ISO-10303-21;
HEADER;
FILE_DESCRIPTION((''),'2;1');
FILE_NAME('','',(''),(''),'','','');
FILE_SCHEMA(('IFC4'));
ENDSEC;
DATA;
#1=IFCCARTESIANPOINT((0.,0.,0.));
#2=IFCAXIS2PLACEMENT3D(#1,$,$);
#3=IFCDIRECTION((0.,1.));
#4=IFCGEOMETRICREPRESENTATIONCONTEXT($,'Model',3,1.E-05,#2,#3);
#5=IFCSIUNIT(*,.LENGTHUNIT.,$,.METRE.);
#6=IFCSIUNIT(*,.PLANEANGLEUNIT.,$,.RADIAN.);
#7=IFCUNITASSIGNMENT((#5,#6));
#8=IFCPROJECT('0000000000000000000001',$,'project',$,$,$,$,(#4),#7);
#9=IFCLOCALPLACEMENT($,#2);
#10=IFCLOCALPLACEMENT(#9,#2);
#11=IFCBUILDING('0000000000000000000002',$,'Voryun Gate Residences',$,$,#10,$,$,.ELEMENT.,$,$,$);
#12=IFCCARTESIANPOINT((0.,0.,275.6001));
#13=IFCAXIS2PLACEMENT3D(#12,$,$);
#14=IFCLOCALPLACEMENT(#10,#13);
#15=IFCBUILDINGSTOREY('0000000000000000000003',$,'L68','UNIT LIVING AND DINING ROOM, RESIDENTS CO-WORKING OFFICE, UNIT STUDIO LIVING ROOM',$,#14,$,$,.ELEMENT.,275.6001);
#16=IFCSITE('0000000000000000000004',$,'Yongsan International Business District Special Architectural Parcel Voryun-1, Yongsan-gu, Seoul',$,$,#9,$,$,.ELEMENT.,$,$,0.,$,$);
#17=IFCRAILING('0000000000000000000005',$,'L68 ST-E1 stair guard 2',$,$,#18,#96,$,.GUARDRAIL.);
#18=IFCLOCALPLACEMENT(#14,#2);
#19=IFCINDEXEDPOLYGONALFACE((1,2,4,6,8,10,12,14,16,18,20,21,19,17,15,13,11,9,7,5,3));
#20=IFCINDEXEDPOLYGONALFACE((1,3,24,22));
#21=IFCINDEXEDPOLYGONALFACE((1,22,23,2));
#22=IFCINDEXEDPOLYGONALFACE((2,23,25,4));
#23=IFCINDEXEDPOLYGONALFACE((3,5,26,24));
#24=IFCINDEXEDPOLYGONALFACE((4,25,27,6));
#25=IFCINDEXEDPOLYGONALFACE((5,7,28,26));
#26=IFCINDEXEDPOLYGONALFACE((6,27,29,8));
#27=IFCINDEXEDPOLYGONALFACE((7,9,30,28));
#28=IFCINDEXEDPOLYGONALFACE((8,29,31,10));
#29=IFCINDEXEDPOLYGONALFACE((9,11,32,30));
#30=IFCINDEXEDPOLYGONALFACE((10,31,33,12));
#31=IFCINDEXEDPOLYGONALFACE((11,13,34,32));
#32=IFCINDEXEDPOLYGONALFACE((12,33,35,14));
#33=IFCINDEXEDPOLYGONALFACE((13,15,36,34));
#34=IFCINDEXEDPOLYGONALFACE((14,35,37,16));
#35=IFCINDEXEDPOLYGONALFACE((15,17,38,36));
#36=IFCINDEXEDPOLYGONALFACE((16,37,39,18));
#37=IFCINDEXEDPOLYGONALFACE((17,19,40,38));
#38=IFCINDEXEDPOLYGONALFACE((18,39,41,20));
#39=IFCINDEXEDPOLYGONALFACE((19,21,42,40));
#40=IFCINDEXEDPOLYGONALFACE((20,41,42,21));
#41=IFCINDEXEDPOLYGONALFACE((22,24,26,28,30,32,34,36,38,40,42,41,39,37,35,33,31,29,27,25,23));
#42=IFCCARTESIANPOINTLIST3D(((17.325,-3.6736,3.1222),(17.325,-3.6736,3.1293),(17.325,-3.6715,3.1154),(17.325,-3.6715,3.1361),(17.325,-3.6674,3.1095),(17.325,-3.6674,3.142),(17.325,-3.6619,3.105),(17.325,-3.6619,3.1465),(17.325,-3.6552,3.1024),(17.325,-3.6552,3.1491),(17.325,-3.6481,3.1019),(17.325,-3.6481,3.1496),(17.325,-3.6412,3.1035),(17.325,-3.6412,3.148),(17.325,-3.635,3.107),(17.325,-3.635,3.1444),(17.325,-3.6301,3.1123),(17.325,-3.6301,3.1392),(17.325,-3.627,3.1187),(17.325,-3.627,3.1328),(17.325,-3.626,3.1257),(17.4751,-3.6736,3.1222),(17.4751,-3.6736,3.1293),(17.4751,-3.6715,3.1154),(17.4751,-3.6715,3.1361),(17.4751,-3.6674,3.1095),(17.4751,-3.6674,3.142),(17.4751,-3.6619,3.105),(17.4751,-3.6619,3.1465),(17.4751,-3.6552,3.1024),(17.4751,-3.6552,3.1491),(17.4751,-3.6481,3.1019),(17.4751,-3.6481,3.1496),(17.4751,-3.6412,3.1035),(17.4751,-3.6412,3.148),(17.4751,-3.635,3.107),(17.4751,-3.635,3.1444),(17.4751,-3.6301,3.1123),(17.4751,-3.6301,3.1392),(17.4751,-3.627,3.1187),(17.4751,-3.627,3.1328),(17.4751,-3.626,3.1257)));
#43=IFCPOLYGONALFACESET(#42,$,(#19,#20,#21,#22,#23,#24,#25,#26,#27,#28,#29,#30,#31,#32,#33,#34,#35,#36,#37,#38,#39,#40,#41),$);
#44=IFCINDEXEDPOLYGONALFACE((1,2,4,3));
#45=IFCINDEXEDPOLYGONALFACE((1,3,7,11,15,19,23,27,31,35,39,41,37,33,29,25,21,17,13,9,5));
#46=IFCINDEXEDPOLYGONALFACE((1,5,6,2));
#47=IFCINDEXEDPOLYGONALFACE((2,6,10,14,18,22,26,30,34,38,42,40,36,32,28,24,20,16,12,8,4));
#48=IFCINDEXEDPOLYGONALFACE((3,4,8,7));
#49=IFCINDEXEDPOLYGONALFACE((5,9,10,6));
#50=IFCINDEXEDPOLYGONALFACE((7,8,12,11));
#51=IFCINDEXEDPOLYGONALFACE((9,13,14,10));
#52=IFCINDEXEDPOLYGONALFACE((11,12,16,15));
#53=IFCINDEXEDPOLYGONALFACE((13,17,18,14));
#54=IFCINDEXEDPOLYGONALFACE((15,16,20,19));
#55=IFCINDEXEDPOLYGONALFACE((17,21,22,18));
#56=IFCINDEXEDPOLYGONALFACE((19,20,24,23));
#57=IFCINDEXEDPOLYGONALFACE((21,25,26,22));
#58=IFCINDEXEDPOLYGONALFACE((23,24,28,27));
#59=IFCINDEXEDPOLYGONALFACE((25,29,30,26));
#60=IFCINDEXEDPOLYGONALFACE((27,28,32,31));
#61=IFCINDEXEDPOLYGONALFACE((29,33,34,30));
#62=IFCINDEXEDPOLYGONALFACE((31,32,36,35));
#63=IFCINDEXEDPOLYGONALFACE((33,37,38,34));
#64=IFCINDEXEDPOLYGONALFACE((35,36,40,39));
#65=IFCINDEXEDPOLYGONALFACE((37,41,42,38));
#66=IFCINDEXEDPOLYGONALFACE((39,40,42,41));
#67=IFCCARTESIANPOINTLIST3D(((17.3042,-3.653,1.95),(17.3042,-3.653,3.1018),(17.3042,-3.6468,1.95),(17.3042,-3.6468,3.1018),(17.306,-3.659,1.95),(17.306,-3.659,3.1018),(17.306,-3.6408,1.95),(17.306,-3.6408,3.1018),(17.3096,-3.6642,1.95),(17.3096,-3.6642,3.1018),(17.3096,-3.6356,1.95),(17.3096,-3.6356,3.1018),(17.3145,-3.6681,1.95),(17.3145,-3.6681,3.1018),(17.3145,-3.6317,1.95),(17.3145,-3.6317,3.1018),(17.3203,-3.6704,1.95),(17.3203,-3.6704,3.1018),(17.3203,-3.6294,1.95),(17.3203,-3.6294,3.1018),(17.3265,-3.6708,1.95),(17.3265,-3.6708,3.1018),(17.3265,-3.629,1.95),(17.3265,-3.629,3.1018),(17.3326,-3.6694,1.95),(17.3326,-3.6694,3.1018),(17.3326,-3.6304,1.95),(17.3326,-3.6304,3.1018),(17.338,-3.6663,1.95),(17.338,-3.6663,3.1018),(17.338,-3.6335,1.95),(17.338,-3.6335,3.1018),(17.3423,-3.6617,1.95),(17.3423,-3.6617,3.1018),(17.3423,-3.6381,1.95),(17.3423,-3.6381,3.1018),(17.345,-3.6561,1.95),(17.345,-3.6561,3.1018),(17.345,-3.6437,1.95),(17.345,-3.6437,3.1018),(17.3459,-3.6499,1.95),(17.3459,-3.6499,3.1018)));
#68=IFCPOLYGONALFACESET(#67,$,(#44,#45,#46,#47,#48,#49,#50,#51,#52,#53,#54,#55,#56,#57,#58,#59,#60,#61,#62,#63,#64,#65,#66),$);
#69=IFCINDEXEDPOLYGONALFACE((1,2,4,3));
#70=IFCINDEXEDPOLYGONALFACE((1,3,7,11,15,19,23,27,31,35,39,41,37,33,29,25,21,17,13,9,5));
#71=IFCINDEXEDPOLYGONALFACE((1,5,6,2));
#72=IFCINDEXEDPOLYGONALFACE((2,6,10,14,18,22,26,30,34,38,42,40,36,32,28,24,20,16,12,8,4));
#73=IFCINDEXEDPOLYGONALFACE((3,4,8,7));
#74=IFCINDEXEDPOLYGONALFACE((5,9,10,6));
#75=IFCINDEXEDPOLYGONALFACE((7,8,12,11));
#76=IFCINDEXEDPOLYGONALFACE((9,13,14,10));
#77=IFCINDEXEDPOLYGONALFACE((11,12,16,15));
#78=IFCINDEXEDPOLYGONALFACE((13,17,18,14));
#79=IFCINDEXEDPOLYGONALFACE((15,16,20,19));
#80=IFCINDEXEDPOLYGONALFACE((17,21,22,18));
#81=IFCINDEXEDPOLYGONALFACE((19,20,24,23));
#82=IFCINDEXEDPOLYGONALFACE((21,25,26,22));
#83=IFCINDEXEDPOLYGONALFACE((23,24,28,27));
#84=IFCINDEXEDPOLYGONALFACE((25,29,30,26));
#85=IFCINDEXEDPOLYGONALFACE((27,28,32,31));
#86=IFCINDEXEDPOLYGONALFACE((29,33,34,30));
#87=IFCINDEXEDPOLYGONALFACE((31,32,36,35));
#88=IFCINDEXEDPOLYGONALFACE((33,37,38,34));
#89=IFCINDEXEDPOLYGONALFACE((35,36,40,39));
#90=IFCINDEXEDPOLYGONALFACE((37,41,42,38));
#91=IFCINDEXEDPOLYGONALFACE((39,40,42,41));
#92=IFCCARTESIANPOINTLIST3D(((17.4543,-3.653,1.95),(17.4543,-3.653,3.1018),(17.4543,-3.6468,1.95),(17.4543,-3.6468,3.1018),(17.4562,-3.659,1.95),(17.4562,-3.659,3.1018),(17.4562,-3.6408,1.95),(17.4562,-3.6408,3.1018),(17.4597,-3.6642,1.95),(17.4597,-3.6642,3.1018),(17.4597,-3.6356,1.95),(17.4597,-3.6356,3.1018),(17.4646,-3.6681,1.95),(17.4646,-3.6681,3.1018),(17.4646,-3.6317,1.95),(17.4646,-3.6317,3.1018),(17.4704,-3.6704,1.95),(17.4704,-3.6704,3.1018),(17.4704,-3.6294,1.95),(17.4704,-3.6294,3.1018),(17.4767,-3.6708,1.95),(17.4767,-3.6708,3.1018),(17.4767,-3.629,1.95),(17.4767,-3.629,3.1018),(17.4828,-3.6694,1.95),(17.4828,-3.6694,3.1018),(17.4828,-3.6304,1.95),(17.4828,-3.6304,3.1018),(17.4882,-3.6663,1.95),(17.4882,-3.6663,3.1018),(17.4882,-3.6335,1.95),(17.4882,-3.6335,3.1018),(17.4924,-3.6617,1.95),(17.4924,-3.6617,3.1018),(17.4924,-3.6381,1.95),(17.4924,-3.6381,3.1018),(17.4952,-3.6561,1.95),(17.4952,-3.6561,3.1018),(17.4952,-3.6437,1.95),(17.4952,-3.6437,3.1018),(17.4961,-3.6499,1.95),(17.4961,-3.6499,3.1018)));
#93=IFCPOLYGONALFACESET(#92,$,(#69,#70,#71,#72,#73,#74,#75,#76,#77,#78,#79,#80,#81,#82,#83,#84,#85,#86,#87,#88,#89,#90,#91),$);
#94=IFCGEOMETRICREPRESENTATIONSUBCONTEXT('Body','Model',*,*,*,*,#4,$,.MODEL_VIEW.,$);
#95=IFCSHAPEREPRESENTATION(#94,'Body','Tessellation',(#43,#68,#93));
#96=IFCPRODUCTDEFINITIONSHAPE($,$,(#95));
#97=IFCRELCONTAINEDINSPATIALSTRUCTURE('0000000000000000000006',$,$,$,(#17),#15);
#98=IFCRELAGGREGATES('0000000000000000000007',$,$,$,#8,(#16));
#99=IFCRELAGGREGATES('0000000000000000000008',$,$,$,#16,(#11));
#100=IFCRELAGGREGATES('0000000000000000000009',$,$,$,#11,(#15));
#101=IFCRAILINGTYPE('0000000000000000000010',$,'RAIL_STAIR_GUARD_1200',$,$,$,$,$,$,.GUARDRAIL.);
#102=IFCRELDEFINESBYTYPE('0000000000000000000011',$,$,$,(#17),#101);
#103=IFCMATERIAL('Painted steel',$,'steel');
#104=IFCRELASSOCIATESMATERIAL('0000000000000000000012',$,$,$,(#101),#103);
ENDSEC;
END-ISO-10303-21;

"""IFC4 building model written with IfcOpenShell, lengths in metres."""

from ifc_helpers import new_model, si_unit, direction, frame, origin, origin_2d, place, context, subcontext, project, spatial, circle, extrude, material, type_object, element, save


model = new_model("IFC4")

# Units and contexts
model_context = context("Model", 3, precision=1e-05, world=origin(), true_north=direction((0.0, 1.0)))
body_context = subcontext(model_context, "Body", "Model", "MODEL_VIEW")
ifc_project = project(units=[si_unit("LENGTHUNIT", "METRE"), si_unit("PLANEANGLEUNIT", "RADIAN")], contexts=[model_context])

# Site, building, storey
site_placement = place(None, origin())
site = spatial("IfcSite", under=ifc_project, at=site_placement, Name="Yongsan International Business District Special Architectural Parcel Voryun-1, Yongsan-gu, Seoul", CompositionType="ELEMENT", RefElevation=0.0)
building_placement = place(site_placement, origin())
building = spatial("IfcBuilding", under=site, at=building_placement, Name="Voryun Gate Residences", CompositionType="ELEMENT")
storey_placement = place(building_placement, frame((0.0, 0.0, 275.6001)))
storey = spatial("IfcBuildingStorey", under=building, at=storey_placement, Name="L68", Description="UNIT LIVING AND DINING ROOM, RESIDENTS CO-WORKING OFFICE, UNIT STUDIO LIVING ROOM", CompositionType="ELEMENT", Elevation=275.6001)

# Railing
ifc_material_1 = material(Name="Painted steel", Category="steel")
railing_type_1 = type_object("IfcRailingType", Name="RAIL_STAIR_GUARD_1200", PredefinedType="GUARDRAIL", material=ifc_material_1)
railing_1_placement = place(storey_placement, frame((17.325, -3.6499, 1.95)))
element("IfcRailing", 1, at=railing_1_placement, inside=storey, type_object=railing_type_1, Name="L68 ST-E1 stair guard 2", PredefinedType="GUARDRAIL", context=body_context, shape_type="SweptSolid", body=[
    extrude(circle(Radius=0.0239, at=origin_2d()), frame((0.0, 0.0, 1.1758), z_axis=(1.0, 0.0, 0.0), x_axis=(0.0, 1.0, 0.0)), (0.0, 0.0, 1.0), 0.1501),
    extrude(circle(Radius=0.021, at=origin_2d()), origin(), (0.0, 0.0, 1.0), 1.1519),
    extrude(circle(Radius=0.021, at=origin_2d()), frame((0.1501, 0.0, 0.0)), (0.0, 0.0, 1.0), 1.1519),
])

save(model, "model.ifc")
